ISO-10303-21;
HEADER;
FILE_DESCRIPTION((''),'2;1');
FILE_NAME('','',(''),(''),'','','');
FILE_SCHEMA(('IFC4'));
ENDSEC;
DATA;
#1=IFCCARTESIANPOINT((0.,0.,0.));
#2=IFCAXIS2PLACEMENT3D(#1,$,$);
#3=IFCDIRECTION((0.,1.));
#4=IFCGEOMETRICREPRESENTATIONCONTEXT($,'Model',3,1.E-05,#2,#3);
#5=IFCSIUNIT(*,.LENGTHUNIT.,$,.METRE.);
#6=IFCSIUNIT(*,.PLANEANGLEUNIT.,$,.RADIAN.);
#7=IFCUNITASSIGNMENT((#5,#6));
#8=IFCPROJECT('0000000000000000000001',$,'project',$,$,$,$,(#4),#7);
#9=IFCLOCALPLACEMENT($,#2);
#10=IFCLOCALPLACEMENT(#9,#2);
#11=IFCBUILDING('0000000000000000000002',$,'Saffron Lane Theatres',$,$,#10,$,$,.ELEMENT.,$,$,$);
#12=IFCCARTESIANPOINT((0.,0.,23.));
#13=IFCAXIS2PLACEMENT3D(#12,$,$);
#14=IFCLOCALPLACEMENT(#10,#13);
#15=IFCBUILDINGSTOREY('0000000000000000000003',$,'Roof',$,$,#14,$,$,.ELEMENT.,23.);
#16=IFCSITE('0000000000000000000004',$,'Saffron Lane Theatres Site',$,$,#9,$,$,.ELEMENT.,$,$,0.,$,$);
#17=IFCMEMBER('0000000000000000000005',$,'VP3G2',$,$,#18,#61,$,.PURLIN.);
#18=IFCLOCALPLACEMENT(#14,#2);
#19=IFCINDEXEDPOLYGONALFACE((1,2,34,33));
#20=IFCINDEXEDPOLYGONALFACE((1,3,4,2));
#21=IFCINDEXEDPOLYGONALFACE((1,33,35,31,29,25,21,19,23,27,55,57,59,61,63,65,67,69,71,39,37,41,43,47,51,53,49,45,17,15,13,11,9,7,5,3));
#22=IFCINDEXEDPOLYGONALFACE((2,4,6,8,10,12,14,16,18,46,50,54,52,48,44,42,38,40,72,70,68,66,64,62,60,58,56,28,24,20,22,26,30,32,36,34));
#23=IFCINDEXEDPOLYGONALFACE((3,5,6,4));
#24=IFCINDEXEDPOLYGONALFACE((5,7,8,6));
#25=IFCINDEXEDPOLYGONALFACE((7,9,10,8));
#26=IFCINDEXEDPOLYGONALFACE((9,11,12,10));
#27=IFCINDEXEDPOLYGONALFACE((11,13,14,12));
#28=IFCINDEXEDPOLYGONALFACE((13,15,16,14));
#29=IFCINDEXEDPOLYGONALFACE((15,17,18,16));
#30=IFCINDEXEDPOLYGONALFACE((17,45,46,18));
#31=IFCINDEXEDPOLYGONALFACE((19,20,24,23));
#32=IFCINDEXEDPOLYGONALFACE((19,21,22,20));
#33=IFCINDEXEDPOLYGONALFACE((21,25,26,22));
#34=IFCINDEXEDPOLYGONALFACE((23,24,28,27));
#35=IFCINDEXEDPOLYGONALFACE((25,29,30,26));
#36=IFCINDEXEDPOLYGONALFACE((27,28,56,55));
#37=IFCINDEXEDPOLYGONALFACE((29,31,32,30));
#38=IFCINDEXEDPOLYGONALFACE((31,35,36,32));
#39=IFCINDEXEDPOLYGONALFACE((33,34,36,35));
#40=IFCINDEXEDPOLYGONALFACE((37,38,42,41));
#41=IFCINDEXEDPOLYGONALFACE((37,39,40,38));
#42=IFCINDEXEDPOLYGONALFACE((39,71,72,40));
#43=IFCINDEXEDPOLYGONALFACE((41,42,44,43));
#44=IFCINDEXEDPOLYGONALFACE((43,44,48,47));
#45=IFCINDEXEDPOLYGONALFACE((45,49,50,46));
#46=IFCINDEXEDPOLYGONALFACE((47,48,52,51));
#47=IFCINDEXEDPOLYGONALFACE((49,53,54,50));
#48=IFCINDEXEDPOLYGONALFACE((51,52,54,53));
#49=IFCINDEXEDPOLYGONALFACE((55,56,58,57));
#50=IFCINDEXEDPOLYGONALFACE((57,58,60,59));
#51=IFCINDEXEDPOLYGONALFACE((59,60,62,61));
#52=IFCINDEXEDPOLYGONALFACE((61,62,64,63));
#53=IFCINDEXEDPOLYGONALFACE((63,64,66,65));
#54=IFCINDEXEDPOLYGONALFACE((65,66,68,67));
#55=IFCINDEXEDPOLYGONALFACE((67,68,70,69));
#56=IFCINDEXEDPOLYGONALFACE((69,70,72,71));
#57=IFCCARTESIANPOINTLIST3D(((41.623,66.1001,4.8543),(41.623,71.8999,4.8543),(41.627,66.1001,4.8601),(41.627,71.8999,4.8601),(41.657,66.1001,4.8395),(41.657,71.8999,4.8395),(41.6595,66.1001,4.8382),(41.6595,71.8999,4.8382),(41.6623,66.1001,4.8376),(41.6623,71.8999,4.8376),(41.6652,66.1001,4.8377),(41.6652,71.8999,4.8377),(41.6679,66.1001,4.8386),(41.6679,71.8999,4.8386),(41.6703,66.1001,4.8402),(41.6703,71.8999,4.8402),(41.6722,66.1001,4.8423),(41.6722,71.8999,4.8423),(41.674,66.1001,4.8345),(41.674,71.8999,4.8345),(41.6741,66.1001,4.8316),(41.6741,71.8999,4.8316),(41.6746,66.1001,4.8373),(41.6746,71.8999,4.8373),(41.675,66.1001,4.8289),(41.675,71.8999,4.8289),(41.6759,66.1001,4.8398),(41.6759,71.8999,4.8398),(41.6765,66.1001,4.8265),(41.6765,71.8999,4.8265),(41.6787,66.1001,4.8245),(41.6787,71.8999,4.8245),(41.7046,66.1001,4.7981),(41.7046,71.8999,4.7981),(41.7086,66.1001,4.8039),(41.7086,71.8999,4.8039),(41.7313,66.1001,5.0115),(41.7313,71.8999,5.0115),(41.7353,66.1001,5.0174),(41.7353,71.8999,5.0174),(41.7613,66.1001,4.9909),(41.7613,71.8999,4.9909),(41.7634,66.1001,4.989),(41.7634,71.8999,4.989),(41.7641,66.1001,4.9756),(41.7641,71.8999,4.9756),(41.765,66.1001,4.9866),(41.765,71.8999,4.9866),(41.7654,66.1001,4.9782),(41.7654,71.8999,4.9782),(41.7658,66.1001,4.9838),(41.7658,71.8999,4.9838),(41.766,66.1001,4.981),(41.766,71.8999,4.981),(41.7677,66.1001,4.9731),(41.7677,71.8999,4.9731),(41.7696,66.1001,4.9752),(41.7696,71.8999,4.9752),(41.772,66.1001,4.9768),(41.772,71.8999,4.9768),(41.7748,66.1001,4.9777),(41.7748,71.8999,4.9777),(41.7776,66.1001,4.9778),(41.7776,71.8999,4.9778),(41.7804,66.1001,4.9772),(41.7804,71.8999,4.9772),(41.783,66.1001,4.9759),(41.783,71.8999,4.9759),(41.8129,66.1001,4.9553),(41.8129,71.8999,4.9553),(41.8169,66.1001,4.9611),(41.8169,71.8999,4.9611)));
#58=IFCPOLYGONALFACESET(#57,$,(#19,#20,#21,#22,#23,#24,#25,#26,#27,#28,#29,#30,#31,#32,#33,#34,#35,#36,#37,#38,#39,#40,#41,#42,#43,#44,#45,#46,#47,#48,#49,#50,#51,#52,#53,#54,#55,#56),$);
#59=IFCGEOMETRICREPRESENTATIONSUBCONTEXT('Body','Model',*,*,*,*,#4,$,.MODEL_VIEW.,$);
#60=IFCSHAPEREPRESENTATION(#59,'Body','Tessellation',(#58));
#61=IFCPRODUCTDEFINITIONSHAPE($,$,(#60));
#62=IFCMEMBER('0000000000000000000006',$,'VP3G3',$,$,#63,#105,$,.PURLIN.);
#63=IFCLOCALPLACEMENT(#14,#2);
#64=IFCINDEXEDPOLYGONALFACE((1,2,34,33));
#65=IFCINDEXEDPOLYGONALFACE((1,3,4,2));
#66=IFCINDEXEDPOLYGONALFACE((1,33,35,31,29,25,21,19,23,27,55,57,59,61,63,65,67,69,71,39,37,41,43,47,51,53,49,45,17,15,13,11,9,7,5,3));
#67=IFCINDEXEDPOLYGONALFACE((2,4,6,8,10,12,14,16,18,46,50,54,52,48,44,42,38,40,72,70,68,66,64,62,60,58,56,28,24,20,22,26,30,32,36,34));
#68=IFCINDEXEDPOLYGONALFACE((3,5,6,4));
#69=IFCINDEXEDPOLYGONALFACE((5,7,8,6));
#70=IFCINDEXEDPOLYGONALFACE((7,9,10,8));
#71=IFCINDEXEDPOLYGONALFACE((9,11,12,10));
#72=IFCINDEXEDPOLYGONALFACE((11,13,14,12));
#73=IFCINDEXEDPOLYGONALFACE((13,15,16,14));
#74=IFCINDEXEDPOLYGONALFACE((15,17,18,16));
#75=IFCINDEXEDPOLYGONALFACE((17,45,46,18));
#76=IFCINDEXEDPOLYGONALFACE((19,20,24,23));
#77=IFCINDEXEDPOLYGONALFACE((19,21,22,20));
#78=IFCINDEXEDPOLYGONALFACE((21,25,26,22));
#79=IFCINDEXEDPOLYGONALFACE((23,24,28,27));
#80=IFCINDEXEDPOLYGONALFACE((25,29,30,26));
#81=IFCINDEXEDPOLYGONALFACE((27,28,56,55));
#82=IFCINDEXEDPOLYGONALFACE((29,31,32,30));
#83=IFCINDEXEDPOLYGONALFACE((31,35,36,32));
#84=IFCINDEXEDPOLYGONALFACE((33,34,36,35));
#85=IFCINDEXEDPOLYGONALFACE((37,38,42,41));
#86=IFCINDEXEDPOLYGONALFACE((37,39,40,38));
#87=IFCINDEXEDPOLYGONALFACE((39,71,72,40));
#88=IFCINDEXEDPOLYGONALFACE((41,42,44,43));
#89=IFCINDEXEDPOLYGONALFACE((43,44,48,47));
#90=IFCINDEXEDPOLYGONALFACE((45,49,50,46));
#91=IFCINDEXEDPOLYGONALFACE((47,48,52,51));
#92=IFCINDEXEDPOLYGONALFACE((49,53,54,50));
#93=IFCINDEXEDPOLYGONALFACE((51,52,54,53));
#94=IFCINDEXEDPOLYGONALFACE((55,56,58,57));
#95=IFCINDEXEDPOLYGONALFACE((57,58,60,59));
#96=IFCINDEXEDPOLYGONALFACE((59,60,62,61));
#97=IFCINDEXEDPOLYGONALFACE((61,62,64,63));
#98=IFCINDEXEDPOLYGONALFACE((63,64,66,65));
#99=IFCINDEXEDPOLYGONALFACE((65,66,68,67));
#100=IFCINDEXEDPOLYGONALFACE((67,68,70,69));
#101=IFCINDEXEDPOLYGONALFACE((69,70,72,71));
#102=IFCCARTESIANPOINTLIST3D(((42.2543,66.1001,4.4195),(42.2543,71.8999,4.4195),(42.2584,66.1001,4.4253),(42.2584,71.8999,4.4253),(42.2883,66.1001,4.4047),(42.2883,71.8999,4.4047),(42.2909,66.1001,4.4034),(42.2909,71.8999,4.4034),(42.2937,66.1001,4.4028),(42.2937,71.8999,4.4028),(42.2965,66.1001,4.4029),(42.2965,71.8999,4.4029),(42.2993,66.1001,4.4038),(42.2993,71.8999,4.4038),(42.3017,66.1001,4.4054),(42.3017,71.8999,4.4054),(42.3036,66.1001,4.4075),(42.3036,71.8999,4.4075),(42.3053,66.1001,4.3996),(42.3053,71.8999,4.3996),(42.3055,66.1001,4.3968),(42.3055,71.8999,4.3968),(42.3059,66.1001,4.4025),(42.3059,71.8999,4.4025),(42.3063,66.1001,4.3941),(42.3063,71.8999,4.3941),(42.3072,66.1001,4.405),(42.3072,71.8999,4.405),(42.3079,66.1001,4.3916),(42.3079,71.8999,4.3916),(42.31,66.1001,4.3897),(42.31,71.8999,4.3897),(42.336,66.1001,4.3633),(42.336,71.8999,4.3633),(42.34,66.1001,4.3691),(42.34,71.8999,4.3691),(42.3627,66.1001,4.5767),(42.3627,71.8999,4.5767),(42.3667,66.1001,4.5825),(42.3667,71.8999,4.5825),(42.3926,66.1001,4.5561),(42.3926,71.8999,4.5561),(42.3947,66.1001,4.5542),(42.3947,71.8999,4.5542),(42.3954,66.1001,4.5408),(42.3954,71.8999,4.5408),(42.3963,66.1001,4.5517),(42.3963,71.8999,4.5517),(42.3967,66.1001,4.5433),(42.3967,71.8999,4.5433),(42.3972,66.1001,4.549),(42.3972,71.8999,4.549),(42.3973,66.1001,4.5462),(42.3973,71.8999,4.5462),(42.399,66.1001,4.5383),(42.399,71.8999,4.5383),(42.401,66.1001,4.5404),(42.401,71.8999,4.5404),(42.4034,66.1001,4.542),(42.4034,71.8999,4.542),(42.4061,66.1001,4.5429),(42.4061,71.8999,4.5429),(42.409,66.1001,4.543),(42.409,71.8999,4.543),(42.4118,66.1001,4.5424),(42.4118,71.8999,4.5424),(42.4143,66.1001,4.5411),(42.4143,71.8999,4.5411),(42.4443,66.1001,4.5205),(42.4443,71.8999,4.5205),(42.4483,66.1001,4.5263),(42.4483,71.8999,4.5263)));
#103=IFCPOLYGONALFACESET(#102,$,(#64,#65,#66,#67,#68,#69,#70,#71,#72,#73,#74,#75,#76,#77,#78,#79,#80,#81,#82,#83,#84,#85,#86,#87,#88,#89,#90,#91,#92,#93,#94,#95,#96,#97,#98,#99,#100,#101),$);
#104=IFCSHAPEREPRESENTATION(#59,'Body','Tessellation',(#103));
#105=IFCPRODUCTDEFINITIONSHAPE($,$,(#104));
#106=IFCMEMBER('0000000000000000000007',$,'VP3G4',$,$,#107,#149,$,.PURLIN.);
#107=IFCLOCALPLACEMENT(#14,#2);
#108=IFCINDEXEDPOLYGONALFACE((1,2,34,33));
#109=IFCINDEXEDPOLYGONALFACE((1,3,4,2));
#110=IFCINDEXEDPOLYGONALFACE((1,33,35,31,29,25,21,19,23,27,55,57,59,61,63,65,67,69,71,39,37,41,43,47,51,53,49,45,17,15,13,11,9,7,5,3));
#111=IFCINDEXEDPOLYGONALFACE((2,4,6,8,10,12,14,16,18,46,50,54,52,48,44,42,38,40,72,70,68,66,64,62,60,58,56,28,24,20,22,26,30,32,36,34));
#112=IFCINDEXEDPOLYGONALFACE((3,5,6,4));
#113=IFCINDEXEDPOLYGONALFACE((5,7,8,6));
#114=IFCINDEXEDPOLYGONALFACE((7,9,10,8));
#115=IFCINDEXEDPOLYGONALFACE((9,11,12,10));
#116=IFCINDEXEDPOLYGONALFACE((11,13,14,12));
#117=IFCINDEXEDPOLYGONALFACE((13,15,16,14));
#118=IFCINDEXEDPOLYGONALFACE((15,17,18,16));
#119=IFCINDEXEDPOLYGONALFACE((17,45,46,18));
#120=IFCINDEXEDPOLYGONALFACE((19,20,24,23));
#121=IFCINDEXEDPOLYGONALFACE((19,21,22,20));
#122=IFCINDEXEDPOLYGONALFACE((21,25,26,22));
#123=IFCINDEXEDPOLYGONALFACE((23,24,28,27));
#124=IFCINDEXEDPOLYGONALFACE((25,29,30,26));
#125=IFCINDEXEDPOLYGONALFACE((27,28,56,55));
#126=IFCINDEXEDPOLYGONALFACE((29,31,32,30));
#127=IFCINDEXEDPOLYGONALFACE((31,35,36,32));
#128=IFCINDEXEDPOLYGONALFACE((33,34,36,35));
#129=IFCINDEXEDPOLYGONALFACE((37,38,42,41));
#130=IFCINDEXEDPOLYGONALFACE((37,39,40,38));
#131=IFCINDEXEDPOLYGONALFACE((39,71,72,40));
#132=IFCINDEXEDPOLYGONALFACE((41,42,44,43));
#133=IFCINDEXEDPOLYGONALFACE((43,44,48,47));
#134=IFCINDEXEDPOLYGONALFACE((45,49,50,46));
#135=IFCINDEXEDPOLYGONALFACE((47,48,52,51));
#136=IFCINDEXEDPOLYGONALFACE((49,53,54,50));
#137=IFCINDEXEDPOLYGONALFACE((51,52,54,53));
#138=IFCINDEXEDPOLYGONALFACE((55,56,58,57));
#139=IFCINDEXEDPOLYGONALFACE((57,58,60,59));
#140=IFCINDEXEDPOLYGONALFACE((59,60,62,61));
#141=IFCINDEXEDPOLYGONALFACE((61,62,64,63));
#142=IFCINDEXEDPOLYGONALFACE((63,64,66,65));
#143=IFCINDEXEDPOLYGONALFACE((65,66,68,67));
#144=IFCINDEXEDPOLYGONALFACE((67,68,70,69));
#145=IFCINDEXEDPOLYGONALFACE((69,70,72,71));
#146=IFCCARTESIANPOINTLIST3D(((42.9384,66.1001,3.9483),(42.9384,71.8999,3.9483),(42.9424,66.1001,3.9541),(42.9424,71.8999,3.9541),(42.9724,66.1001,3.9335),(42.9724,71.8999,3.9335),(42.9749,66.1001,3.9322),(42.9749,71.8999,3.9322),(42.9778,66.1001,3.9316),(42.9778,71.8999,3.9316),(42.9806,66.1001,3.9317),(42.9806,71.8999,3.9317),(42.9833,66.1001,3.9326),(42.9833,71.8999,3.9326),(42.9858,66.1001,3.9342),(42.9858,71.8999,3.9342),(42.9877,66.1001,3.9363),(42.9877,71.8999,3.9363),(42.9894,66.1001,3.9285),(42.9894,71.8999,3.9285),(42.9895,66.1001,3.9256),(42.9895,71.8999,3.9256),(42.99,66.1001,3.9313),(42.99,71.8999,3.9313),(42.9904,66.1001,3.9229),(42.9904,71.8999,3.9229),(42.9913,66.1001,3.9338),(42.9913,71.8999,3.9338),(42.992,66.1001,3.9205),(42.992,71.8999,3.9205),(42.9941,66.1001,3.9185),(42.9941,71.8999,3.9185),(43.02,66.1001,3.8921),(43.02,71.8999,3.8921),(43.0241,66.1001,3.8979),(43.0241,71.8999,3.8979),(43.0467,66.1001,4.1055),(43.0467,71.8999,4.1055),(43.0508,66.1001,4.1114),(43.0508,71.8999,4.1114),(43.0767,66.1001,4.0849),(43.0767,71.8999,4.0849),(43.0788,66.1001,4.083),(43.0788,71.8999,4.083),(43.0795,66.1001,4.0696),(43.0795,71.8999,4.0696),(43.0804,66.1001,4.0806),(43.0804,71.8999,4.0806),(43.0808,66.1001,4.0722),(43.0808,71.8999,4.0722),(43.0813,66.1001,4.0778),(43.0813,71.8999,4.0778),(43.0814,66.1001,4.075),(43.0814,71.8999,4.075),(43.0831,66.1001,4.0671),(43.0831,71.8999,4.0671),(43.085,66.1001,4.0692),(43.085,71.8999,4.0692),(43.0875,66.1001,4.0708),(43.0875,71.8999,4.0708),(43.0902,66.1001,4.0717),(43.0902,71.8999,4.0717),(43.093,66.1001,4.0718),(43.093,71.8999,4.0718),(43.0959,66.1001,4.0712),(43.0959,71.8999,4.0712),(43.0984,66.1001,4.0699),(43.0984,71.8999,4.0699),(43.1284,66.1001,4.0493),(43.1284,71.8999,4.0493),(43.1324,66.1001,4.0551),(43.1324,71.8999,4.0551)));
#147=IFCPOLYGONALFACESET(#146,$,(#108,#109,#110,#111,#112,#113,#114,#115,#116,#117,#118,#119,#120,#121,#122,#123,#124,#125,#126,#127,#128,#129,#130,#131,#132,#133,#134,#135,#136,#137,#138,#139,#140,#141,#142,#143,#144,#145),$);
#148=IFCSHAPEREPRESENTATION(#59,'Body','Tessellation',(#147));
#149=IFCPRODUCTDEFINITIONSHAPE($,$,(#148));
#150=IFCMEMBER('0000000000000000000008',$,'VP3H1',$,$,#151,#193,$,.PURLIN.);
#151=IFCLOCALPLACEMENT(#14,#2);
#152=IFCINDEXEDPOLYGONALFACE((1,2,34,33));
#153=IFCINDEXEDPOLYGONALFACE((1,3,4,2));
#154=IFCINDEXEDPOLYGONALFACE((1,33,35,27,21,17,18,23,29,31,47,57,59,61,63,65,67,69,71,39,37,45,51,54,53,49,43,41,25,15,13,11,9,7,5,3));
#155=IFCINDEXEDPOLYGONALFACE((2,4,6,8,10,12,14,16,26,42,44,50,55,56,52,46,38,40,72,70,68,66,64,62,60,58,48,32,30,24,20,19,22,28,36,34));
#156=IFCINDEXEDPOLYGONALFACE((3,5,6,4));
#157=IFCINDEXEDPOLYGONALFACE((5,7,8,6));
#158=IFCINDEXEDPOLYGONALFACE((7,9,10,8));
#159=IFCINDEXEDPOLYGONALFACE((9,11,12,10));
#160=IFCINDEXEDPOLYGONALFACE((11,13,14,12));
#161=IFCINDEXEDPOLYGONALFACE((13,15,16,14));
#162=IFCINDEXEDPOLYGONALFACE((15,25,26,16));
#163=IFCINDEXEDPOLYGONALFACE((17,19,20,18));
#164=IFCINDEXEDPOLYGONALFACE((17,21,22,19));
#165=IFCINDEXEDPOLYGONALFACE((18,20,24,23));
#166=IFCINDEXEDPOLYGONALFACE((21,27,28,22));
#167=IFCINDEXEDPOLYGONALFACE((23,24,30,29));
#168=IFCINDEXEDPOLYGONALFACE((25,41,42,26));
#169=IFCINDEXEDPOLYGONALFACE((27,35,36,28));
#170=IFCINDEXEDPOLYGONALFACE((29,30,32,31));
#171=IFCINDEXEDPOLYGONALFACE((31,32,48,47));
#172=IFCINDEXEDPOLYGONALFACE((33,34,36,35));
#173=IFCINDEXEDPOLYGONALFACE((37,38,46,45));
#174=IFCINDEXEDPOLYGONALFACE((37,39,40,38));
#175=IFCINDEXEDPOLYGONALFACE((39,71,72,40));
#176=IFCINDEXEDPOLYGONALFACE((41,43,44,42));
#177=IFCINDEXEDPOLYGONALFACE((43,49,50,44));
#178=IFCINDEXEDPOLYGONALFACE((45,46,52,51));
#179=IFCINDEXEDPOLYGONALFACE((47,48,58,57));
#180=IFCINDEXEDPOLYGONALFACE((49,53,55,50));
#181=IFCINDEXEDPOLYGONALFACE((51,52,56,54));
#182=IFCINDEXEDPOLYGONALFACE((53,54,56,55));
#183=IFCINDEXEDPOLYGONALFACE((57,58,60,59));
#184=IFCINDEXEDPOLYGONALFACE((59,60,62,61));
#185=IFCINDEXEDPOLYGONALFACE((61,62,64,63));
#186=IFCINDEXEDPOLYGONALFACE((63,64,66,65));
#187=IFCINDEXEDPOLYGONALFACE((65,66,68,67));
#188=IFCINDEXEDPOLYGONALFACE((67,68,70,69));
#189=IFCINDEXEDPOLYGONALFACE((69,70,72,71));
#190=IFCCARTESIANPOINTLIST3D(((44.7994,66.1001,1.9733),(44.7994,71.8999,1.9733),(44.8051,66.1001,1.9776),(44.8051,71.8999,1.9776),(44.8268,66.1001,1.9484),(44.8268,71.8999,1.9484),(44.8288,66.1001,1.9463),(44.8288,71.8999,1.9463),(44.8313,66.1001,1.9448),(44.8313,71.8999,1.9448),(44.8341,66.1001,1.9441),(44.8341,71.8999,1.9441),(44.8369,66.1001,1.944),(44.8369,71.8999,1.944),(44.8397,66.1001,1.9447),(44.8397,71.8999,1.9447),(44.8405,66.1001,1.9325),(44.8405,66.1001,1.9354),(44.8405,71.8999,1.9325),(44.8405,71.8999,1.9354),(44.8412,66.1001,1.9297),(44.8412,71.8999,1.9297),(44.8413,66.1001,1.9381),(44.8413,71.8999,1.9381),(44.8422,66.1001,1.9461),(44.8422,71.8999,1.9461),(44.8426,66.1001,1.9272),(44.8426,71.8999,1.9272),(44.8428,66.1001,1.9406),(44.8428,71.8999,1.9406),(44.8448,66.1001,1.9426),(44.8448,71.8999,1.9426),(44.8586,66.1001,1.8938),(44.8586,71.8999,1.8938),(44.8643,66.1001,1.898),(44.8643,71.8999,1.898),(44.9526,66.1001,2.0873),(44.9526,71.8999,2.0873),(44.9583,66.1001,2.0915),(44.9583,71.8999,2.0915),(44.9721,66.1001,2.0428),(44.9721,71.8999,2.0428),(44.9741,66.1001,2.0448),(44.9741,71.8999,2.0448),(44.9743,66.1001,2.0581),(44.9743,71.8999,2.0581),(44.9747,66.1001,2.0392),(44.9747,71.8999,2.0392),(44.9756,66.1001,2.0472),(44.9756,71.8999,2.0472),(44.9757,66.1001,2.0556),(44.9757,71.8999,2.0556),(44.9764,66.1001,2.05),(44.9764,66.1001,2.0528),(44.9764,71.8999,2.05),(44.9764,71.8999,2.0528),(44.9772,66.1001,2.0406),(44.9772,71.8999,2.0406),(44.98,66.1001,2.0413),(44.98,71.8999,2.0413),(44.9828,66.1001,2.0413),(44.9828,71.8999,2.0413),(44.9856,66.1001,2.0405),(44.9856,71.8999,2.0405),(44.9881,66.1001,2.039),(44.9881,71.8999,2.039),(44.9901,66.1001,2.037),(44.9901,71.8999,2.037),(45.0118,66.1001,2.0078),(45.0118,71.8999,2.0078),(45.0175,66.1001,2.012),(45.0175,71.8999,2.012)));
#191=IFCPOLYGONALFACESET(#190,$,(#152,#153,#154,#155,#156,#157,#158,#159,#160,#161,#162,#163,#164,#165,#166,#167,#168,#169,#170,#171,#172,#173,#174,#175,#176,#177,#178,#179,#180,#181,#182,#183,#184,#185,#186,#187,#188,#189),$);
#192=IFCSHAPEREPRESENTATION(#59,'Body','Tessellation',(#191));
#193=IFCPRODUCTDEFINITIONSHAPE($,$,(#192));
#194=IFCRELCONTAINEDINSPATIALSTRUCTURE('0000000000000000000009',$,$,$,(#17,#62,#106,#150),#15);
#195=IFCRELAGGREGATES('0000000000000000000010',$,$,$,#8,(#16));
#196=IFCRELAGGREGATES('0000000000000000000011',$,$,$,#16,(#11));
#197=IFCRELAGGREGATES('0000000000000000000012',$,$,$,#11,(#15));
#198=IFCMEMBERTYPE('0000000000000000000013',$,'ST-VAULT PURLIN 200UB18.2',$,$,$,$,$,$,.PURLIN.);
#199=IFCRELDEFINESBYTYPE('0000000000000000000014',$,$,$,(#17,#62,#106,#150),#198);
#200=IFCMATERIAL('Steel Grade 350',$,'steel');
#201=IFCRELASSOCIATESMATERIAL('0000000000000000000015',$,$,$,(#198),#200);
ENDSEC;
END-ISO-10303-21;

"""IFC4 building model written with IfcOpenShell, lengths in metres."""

from ifc_helpers import new_model, si_unit, direction, frame, origin, origin_2d, place, context, subcontext, project, spatial, i_section, extrude, material, material_profile, profile_set, type_object, element, save


model = new_model("IFC4")

# Units and contexts
model_context = context("Model", 3, precision=1e-05, world=origin(), true_north=direction((0.0, 1.0)))
body_context = subcontext(model_context, "Body", "Model", "MODEL_VIEW")
ifc_project = project(units=[si_unit("LENGTHUNIT", "METRE"), si_unit("PLANEANGLEUNIT", "RADIAN")], contexts=[model_context])

# Site, building, storey
site_placement = place(None, origin())
site = spatial("IfcSite", under=ifc_project, at=site_placement, Name="Saffron Lane Theatres Site", CompositionType="ELEMENT", RefElevation=0.0)
building_placement = place(site_placement, origin())
building = spatial("IfcBuilding", under=site, at=building_placement, Name="Saffron Lane Theatres", CompositionType="ELEMENT")
storey_placement = place(building_placement, frame((0.0, 0.0, 23.0)))
storey = spatial("IfcBuildingStorey", under=building, at=storey_placement, Name="Roof", CompositionType="ELEMENT", Elevation=23.0)

# Members
ifc_material_1 = material(Name="Steel Grade 350", Category="steel")
ifc_material_profile_1 = material_profile(ifc_material_1, i_section(OverallWidth=0.0991, OverallDepth=0.198, WebThickness=0.0044, FlangeThickness=0.0071, FilletRadius=0.011, at=origin_2d()))
ifc_profile_set_1 = profile_set([ifc_material_profile_1], Name="Steel Grade 350")
member_type_1 = type_object("IfcMemberType", Name="ST-VAULT PURLIN 200UB18.2", PredefinedType="PURLIN", material=ifc_profile_set_1)
for number, where, z_axis, x_axis, name in (
    (1, (41.72, 66.1001, 4.9077), (0.0, 1.0, 0.0), (0.823487, 0.0, -0.567335), "VP3G2"),
    (2, (42.3513, 66.1001, 4.4729), (0.0, 1.0, 0.0), (0.823487, 0.0, -0.567335), "VP3G3"),
    (3, (43.0354, 66.1001, 4.0017), (0.0, 1.0, 0.0), (0.823487, 0.0, -0.567335), "VP3G4"),
    (4, (44.9084, 66.1001, 1.9927), (0.0, 1.0, 0.0), (0.597069, 0.0, -0.80219), "VP3H1"),
):
    element("IfcMember", number, at=place(storey_placement, frame(where, z_axis=z_axis, x_axis=x_axis)), inside=storey, type_object=member_type_1, Name=name, PredefinedType="PURLIN", context=body_context, shape_type="SweptSolid", body=[
        extrude(i_section(OverallWidth=0.0991, OverallDepth=0.198, WebThickness=0.0044, FlangeThickness=0.0071, FilletRadius=0.011, at=origin_2d()), origin(), (0.0, 0.0, 1.0), 5.7998),
    ])

save(model, "model.ifc")
